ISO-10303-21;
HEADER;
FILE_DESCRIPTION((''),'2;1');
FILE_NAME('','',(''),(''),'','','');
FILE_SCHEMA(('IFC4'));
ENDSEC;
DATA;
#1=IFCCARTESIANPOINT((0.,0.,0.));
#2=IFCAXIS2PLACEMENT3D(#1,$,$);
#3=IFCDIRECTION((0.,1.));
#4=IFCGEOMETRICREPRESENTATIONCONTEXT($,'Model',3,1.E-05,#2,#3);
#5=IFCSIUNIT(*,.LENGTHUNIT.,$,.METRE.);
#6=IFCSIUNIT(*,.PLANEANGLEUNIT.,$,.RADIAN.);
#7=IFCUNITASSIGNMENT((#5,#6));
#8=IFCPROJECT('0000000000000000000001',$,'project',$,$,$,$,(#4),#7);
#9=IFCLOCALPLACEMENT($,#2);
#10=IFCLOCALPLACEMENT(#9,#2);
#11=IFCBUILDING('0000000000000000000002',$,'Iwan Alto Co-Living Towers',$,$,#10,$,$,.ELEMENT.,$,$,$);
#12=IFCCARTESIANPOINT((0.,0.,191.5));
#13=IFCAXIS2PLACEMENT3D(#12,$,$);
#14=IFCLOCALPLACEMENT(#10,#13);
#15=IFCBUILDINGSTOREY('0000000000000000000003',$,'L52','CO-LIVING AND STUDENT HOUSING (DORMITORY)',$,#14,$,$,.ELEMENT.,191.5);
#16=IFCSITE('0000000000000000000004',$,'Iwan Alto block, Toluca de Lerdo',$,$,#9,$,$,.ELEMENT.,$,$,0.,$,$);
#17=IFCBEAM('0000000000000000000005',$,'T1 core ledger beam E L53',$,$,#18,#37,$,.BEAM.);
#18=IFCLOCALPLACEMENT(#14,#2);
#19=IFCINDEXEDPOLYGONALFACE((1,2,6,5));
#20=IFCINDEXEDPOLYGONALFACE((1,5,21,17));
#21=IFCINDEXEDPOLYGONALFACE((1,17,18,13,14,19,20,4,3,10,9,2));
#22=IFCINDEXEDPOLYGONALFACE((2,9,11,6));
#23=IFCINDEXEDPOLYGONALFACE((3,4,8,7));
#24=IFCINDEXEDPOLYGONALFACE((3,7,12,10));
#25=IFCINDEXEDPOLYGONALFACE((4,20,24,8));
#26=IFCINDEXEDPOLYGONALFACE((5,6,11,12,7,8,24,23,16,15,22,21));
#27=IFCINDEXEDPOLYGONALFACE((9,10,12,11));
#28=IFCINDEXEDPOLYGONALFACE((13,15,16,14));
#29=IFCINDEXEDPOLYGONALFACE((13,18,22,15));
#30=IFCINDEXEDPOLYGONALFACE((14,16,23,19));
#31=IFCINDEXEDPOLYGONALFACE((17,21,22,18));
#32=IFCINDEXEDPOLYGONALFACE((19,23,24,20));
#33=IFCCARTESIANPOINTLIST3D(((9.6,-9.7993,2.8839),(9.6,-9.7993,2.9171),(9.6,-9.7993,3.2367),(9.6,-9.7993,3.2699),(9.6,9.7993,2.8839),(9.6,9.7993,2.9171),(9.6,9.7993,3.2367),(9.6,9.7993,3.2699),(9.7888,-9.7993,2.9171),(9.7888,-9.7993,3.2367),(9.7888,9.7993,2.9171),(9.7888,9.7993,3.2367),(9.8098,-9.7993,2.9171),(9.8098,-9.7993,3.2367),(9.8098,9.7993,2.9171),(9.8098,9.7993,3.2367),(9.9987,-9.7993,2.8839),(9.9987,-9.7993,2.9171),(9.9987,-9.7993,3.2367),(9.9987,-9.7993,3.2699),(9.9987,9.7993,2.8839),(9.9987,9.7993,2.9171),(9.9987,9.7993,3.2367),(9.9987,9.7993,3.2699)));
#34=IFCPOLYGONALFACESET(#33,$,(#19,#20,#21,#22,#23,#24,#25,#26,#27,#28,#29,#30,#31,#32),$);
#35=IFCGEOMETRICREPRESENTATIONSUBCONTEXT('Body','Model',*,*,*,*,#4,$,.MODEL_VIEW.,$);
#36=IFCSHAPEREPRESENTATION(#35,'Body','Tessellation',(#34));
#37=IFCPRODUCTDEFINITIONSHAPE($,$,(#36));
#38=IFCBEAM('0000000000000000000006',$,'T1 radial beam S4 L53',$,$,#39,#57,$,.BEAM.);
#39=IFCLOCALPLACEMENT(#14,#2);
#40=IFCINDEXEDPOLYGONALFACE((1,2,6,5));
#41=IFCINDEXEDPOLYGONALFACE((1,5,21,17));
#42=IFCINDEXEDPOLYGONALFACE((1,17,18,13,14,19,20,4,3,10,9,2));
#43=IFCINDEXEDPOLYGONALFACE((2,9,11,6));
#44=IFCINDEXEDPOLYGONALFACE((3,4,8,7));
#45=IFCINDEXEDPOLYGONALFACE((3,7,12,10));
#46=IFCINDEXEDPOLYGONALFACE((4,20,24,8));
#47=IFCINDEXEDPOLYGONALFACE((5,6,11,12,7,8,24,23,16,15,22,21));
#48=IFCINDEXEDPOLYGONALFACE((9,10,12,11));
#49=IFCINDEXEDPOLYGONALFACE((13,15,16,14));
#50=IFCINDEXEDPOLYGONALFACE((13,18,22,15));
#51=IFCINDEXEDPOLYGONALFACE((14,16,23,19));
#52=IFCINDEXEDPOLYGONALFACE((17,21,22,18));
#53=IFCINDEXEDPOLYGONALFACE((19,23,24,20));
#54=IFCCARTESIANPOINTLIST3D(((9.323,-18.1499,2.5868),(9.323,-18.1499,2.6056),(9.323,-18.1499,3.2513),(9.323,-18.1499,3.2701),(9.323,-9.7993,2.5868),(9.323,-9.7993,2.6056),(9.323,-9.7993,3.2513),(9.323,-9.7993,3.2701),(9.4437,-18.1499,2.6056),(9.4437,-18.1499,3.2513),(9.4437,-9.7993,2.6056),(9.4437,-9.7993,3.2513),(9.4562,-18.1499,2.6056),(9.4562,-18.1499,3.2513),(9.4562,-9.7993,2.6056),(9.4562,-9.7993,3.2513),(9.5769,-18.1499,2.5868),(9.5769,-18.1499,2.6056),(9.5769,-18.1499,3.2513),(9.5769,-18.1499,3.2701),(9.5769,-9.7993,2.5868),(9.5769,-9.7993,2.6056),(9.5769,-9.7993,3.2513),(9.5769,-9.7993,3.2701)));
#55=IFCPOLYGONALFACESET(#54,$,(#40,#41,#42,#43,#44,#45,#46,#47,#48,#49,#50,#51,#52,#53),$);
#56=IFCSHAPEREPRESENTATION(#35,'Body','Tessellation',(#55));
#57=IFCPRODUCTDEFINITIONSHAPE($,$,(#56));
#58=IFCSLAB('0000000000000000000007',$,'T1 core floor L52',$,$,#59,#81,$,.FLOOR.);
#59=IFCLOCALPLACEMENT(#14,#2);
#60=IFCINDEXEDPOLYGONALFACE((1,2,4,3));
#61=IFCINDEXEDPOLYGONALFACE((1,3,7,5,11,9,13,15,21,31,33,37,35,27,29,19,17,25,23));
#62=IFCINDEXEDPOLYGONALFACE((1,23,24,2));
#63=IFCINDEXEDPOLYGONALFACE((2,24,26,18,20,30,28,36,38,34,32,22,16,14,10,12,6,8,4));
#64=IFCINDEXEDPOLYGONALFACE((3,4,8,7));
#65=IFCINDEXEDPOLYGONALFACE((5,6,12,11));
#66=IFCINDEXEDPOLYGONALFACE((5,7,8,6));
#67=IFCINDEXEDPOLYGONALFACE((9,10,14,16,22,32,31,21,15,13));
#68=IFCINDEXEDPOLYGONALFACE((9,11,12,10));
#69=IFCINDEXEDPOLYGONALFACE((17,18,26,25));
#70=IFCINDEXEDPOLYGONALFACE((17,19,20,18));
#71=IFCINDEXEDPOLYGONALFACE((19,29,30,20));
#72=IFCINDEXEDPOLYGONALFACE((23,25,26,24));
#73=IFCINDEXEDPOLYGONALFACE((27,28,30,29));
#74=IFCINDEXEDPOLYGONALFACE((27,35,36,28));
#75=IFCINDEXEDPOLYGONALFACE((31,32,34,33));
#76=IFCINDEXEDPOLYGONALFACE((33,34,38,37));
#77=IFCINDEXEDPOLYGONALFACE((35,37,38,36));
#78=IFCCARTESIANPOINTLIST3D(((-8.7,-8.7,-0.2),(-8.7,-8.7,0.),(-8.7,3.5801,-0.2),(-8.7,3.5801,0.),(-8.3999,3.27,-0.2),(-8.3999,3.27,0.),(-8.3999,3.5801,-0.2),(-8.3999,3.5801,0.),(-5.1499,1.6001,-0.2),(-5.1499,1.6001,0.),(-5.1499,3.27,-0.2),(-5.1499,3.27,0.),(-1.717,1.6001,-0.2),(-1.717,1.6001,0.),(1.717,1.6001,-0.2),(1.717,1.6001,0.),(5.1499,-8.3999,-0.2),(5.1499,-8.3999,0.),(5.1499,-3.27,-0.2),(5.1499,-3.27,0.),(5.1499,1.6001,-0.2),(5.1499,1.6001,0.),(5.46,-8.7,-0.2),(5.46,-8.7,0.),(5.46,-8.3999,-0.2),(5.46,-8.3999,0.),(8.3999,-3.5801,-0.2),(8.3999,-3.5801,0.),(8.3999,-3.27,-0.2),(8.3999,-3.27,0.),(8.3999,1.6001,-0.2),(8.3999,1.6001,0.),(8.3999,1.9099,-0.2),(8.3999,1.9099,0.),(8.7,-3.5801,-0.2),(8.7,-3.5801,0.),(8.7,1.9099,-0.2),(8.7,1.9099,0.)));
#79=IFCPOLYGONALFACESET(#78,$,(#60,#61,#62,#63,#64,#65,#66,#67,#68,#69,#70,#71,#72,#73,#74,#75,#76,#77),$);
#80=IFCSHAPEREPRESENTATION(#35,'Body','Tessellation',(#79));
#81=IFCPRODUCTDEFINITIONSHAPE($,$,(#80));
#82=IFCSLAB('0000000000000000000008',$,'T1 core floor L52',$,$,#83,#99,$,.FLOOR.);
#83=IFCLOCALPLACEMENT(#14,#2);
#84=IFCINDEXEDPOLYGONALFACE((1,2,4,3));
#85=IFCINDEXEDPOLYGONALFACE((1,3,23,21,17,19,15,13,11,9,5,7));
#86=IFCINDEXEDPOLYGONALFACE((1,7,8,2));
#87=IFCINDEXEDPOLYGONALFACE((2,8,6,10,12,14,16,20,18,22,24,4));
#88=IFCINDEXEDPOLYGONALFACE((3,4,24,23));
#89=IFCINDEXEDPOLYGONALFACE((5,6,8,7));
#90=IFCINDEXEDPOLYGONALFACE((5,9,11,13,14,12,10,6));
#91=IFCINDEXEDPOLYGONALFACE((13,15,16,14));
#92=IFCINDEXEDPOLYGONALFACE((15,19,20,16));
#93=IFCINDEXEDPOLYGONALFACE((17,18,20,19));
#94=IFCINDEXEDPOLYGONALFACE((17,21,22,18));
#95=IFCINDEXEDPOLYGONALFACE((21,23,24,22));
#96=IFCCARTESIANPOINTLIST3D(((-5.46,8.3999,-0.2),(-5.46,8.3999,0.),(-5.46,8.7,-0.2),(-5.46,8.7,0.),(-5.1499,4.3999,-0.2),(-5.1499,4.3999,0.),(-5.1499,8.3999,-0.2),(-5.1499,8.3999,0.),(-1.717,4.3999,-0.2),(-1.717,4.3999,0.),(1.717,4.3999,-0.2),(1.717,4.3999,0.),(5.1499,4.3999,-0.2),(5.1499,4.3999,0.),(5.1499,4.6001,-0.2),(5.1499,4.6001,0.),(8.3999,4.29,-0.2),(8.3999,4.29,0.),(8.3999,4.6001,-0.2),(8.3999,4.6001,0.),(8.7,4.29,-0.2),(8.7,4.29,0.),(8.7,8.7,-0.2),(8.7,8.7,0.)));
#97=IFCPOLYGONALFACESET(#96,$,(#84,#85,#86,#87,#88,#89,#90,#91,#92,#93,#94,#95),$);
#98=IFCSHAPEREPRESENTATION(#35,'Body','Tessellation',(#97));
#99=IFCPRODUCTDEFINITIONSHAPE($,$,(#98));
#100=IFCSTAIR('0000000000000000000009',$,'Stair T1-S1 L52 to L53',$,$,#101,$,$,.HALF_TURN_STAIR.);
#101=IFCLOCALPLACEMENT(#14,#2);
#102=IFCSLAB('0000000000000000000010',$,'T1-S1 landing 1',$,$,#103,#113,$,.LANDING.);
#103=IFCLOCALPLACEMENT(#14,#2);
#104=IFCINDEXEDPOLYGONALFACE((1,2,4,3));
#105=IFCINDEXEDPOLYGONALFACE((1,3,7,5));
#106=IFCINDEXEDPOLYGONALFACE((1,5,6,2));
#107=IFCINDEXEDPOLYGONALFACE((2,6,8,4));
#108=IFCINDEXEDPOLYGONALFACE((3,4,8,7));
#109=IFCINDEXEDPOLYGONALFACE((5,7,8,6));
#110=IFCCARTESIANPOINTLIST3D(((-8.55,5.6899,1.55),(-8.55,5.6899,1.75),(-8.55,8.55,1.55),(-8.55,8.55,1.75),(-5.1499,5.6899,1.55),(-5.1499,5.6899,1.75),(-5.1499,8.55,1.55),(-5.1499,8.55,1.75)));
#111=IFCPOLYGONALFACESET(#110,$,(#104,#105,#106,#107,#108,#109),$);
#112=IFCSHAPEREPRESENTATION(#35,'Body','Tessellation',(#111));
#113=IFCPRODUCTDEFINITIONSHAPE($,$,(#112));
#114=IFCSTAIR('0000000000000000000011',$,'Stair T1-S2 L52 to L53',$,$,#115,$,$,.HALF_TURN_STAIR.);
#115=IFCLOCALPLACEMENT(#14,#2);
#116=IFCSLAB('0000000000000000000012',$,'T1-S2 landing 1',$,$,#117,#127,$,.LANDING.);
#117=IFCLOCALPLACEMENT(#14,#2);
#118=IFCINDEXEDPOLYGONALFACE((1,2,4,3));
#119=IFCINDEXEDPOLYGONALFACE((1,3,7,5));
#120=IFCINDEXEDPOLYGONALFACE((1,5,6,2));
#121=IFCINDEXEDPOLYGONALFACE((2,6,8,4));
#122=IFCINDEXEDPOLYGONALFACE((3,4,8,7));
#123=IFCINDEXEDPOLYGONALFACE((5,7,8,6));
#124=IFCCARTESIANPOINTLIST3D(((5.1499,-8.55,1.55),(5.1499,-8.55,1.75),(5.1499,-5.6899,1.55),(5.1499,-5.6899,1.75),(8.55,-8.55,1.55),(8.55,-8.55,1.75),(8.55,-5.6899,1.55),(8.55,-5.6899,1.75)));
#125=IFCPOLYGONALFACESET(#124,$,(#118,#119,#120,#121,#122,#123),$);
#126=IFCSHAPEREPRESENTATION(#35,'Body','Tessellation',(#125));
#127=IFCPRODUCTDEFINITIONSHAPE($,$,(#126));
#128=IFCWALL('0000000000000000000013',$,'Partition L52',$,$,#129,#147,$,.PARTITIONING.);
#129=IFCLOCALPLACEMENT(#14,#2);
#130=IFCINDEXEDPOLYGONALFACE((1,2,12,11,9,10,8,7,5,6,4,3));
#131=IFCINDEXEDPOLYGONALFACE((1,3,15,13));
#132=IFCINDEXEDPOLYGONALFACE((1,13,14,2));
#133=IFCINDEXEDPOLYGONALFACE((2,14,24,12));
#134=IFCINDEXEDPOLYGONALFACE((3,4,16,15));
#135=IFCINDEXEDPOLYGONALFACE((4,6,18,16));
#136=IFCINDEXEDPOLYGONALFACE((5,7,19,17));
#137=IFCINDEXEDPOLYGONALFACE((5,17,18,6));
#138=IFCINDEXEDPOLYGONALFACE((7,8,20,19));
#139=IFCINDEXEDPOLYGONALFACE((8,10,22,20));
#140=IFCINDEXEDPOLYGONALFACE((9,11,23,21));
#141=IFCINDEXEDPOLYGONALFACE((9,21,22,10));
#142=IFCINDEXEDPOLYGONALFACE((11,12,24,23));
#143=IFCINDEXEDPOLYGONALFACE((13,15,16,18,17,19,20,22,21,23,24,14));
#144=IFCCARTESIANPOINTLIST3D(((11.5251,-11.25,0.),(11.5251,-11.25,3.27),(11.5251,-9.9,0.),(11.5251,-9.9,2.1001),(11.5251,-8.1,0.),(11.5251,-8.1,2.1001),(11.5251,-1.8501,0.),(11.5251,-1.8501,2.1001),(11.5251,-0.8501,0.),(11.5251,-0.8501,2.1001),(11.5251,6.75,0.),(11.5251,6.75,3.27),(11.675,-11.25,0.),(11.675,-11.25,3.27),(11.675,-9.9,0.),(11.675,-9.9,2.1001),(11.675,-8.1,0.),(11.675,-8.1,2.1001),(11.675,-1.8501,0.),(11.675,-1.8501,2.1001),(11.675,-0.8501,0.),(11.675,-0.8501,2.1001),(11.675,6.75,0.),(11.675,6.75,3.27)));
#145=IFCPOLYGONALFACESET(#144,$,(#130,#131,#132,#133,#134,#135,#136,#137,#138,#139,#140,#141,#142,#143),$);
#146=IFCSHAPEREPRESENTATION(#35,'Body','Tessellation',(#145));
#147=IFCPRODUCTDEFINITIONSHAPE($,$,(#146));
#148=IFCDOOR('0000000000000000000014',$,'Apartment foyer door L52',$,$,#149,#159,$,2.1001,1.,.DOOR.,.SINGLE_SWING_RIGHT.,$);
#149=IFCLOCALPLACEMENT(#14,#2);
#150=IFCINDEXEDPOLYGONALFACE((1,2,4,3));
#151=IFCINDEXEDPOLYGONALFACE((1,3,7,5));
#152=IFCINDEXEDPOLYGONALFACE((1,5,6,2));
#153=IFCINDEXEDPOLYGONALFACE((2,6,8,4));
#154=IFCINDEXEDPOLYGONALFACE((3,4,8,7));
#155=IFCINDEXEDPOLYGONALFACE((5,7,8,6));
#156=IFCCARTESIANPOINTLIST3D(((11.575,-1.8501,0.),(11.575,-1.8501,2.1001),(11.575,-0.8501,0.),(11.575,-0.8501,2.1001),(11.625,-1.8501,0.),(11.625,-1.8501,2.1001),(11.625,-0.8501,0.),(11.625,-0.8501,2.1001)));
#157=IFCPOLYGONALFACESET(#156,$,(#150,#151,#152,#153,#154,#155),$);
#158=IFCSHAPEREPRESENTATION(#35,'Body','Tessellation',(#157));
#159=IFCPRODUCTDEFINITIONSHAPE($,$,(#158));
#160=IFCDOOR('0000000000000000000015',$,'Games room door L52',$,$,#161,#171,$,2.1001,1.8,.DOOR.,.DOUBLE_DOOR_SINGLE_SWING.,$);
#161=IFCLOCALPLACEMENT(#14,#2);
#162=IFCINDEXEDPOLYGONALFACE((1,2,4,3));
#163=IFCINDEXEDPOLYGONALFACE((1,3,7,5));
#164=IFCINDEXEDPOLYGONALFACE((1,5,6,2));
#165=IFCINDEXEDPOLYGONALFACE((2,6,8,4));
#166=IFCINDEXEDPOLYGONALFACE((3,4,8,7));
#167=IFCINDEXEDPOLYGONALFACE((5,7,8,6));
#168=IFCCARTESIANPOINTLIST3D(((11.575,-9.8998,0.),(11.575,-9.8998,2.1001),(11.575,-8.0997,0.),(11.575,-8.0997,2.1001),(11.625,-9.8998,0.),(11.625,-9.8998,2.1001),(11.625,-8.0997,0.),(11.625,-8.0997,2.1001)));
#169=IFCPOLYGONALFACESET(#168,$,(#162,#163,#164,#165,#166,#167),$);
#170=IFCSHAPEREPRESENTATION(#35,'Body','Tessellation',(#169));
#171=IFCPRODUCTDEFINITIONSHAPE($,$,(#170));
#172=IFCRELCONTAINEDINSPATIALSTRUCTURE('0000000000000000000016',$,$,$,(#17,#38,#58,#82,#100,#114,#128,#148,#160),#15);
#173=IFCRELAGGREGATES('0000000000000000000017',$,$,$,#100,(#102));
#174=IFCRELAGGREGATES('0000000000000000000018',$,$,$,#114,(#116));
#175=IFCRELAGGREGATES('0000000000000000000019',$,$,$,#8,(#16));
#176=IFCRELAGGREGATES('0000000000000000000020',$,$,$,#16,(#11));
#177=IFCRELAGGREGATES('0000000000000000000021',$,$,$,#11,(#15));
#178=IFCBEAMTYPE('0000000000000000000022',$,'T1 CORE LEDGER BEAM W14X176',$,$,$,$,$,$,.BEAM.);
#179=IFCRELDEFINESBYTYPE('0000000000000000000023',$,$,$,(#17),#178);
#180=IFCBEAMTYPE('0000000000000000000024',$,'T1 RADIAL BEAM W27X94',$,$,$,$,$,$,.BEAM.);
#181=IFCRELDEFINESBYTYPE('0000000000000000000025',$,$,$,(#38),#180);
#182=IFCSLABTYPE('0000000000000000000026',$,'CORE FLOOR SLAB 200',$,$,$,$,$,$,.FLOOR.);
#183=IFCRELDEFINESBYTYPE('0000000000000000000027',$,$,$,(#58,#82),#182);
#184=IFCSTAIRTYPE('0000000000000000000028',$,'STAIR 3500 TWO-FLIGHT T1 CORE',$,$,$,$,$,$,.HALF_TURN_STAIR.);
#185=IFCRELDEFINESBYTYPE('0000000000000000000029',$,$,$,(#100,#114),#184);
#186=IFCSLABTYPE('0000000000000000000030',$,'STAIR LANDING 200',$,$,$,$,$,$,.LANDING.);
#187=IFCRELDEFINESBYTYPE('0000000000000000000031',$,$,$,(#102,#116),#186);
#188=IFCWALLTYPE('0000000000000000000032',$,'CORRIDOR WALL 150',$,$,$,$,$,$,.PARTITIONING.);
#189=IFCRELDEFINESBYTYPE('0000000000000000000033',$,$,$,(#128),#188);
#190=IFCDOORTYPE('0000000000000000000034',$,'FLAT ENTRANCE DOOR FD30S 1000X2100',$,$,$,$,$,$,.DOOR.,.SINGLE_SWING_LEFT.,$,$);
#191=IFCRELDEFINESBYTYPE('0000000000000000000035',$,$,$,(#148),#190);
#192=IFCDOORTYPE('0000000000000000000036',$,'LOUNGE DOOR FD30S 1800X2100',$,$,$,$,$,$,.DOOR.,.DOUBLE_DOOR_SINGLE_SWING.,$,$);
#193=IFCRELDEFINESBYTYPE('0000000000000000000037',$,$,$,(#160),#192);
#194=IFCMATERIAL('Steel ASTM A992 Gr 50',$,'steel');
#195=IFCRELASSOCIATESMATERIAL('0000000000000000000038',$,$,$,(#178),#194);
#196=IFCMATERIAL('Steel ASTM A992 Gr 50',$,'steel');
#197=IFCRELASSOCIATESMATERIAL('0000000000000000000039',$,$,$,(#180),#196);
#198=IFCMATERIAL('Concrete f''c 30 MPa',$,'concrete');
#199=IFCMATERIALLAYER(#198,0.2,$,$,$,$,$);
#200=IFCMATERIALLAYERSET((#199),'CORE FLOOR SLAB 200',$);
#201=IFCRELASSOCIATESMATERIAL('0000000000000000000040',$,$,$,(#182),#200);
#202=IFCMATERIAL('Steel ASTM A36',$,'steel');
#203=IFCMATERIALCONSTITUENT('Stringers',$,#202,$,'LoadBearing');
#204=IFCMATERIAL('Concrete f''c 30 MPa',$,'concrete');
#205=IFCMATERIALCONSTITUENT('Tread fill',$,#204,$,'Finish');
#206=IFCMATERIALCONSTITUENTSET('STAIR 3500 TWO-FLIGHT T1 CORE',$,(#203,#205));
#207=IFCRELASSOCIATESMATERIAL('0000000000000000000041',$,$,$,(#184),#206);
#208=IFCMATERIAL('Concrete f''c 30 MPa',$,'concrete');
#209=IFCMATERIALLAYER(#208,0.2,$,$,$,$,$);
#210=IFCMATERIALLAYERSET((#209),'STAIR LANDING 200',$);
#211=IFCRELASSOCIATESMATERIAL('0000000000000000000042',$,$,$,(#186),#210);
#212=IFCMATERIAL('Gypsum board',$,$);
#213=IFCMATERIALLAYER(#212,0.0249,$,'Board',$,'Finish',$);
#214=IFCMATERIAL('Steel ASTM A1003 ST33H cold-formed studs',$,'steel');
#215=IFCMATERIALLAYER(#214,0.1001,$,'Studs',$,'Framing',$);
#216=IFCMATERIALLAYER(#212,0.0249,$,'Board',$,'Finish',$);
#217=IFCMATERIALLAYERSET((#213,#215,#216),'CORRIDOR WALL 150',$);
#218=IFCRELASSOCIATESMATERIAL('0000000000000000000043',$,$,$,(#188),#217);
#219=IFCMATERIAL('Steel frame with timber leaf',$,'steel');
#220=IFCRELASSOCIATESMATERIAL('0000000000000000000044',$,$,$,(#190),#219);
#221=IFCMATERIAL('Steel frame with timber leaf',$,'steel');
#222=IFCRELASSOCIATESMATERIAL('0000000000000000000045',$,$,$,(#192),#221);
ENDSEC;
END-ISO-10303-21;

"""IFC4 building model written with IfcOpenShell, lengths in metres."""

from ifc_helpers import new_model, si_unit, direction, frame, frame_2d, origin, origin_2d, place, context, subcontext, project, spatial, polyline, rectangle, i_section, outline, extrude, material, layer, layer_set, constituent, constituent_set, material_profile, profile_set, type_object, element, fill, aggregate, save


model = new_model("IFC4")

# Units and contexts
model_context = context("Model", 3, precision=1e-05, world=origin(), true_north=direction((0.0, 1.0)))
body_context = subcontext(model_context, "Body", "Model", "MODEL_VIEW")
ifc_project = project(units=[si_unit("LENGTHUNIT", "METRE"), si_unit("PLANEANGLEUNIT", "RADIAN")], contexts=[model_context])

# Site, building, storey
site_placement = place(None, origin())
site = spatial("IfcSite", under=ifc_project, at=site_placement, Name="Iwan Alto block, Toluca de Lerdo", CompositionType="ELEMENT", RefElevation=0.0)
building_placement = place(site_placement, origin())
building = spatial("IfcBuilding", under=site, at=building_placement, Name="Iwan Alto Co-Living Towers", CompositionType="ELEMENT")
storey_placement = place(building_placement, frame((0.0, 0.0, 191.5)))
storey = spatial("IfcBuildingStorey", under=building, at=storey_placement, Name="L52", Description="CO-LIVING AND STUDENT HOUSING (DORMITORY)", CompositionType="ELEMENT", Elevation=191.5)

# Beams
ifc_material_1 = material(Name="Steel ASTM A992 Gr 50", Category="steel")
ifc_material_profile_1 = material_profile(ifc_material_1, i_section(OverallWidth=0.3987, OverallDepth=0.386, WebThickness=0.021, FlangeThickness=0.0332, at=origin_2d()), Name="W14X176")
ifc_profile_set_1 = profile_set([ifc_material_profile_1], Name="Steel ASTM A992 Gr 50")
beam_type_1 = type_object("IfcBeamType", Name="T1 CORE LEDGER BEAM W14X176", PredefinedType="BEAM", material=ifc_profile_set_1)
beam_1_placement = place(storey_placement, frame((9.7993, -9.7993, 3.0769), z_axis=(0.0, 1.0, 0.0), x_axis=(-1.0, 0.0, 0.0)))
element("IfcBeam", 1, at=beam_1_placement, inside=storey, type_object=beam_type_1, Name="T1 core ledger beam E L53", PredefinedType="BEAM", context=body_context, shape_type="SweptSolid", body=[
    extrude(i_section(OverallWidth=0.3987, OverallDepth=0.386, WebThickness=0.021, FlangeThickness=0.0332, at=origin_2d()), origin(), (0.0, 0.0, 1.0), 19.5986),
])
ifc_material_2 = material(Name="Steel ASTM A992 Gr 50", Category="steel")
ifc_material_profile_2 = material_profile(ifc_material_2, i_section(OverallWidth=0.2539, OverallDepth=0.6833, WebThickness=0.0125, FlangeThickness=0.0188, at=origin_2d()), Name="W27X94")
ifc_profile_set_2 = profile_set([ifc_material_profile_2], Name="Steel ASTM A992 Gr 50")
beam_type_2 = type_object("IfcBeamType", Name="T1 RADIAL BEAM W27X94", PredefinedType="BEAM", material=ifc_profile_set_2)
beam_2_placement = place(storey_placement, frame((9.45, -18.1499, 2.9285), z_axis=(0.0, 1.0, 0.0), x_axis=(-1.0, 0.0, 0.0)))
element("IfcBeam", 2, at=beam_2_placement, inside=storey, type_object=beam_type_2, Name="T1 radial beam S4 L53", PredefinedType="BEAM", context=body_context, shape_type="SweptSolid", body=[
    extrude(i_section(OverallWidth=0.2539, OverallDepth=0.6833, WebThickness=0.0125, FlangeThickness=0.0188, at=origin_2d()), origin(), (0.0, 0.0, 1.0), 8.3506),
])

# Slabs
ifc_material_3 = material(Name="Concrete f'c 30 MPa", Category="concrete")
ifc_layer_1 = layer(ifc_material_3, 0.2)
ifc_layer_set_1 = layer_set([ifc_layer_1], Name="CORE FLOOR SLAB 200")
slab_type_1 = type_object("IfcSlabType", Name="CORE FLOOR SLAB 200", PredefinedType="FLOOR", material=ifc_layer_set_1)
slab_1_placement = place(storey_placement, frame((0.0, 0.0, -0.2)))
element("IfcSlab", 3, at=slab_1_placement, inside=storey, type_object=slab_type_1, Name="T1 core floor L52", PredefinedType="FLOOR", context=body_context, shape_type="SweptSolid", body=[
    extrude(outline(polyline([(5.1499, -8.3999), (5.46, -8.3999), (5.46, -8.7), (-8.7, -8.7), (-8.7, 3.5801), (-8.3999, 3.5801), (-8.3999, 3.27), (-5.1499, 3.27), (-5.1499, 1.6001), (-1.717, 1.6001), (1.717, 1.6001), (5.1499, 1.6001), (8.3999, 1.6001), (8.3999, 1.9099), (8.7, 1.9099), (8.7, -3.5801), (8.3999, -3.5801), (8.3999, -3.27), (5.1499, -3.27), (5.1499, -8.3999)])), origin(), (0.0, 0.0, 1.0), 0.2),
])
slab_2_placement = place(storey_placement, frame((0.0, 0.0, -0.2)))
element("IfcSlab", 4, at=slab_2_placement, inside=storey, type_object=slab_type_1, Name="T1 core floor L52", PredefinedType="FLOOR", context=body_context, shape_type="SweptSolid", body=[
    extrude(outline(polyline([(1.717, 4.3999), (-1.717, 4.3999), (-5.1499, 4.3999), (-5.1499, 8.3999), (-5.46, 8.3999), (-5.46, 8.7), (8.7, 8.7), (8.7, 4.29), (8.3999, 4.29), (8.3999, 4.6001), (5.1499, 4.6001), (5.1499, 4.3999), (1.717, 4.3999)])), origin(), (0.0, 0.0, 1.0), 0.2),
])

# Stairs, slabs
ifc_material_4 = material(Name="Steel ASTM A36", Category="steel")
ifc_constituent_1 = constituent(ifc_material_4, Name="Stringers", Category="LoadBearing")
ifc_material_5 = material(Name="Concrete f'c 30 MPa", Category="concrete")
ifc_constituent_2 = constituent(ifc_material_5, Name="Tread fill", Category="Finish")
ifc_constituent_set_1 = constituent_set(constituents=[ifc_constituent_1, ifc_constituent_2], Name="STAIR 3500 TWO-FLIGHT T1 CORE")
stair_type = type_object("IfcStairType", Name="STAIR 3500 TWO-FLIGHT T1 CORE", PredefinedType="HALF_TURN_STAIR", material=ifc_constituent_set_1)
stair_1_placement = place(storey_placement, origin())
stair_1 = element("IfcStair", 5, at=stair_1_placement, inside=storey, type_object=stair_type, Name="Stair T1-S1 L52 to L53", PredefinedType="HALF_TURN_STAIR")
ifc_material_6 = material(Name="Concrete f'c 30 MPa", Category="concrete")
ifc_layer_2 = layer(ifc_material_6, 0.2)
ifc_layer_set_2 = layer_set([ifc_layer_2], Name="STAIR LANDING 200")
slab_type_2 = type_object("IfcSlabType", Name="STAIR LANDING 200", PredefinedType="LANDING", material=ifc_layer_set_2)
slab_3_placement = place(storey_placement, frame((0.0, 0.0, 1.55)))
slab_3 = element("IfcSlab", 6, at=slab_3_placement, type_object=slab_type_2, Name="T1-S1 landing 1", PredefinedType="LANDING", context=body_context, shape_type="SweptSolid", body=[
    extrude(outline(polyline([(-8.55, 5.6899), (-8.55, 8.55), (-5.1499, 8.55), (-5.1499, 5.6899), (-8.55, 5.6899)])), origin(), (0.0, 0.0, 1.0), 0.2),
])
aggregate(stair_1, [slab_3])
stair_2_placement = place(storey_placement, origin())
stair_2 = element("IfcStair", 7, at=stair_2_placement, inside=storey, type_object=stair_type, Name="Stair T1-S2 L52 to L53", PredefinedType="HALF_TURN_STAIR")
slab_4_placement = place(storey_placement, frame((0.0, 0.0, 1.55)))
slab_4 = element("IfcSlab", 8, at=slab_4_placement, type_object=slab_type_2, Name="T1-S2 landing 1", PredefinedType="LANDING", context=body_context, shape_type="SweptSolid", body=[
    extrude(outline(polyline([(5.1499, -5.6899), (5.1499, -8.55), (8.55, -8.55), (8.55, -5.6899), (5.1499, -5.6899)])), origin(), (0.0, 0.0, 1.0), 0.2),
])

# Wall, openings, doors
ifc_material_7 = material(Name="Gypsum board")
ifc_layer_3 = layer(ifc_material_7, 0.0249, Name="Board", Category="Finish")
ifc_material_8 = material(Name="Steel ASTM A1003 ST33H cold-formed studs", Category="steel")
ifc_layer_4 = layer(ifc_material_8, 0.1001, Name="Studs", Category="Framing")
ifc_layer_5 = layer(ifc_material_7, 0.0249, Name="Board", Category="Finish")
ifc_layer_set_3 = layer_set([ifc_layer_3, ifc_layer_4, ifc_layer_5], Name="CORRIDOR WALL 150")
wall_type_1 = type_object("IfcWallType", Name="CORRIDOR WALL 150", PredefinedType="PARTITIONING", material=ifc_layer_set_3)
wall_1_placement = place(storey_placement, frame((11.6001, -11.25, 0.0), z_axis=(0.0, 0.0, 1.0), x_axis=(0.0, 1.0, 0.0)))
wall_1 = element("IfcWall", 9, at=wall_1_placement, inside=storey, type_object=wall_type_1, Name="Partition L52", PredefinedType="PARTITIONING", context=body_context, shape_type="SweptSolid", body=[
    extrude(rectangle(XDim=18.0, YDim=0.1499, at=frame_2d((9.0, 0.0))), origin(), (0.0, 0.0, 1.0), 3.27),
])
opening_1_placement = place(wall_1_placement, frame((1.3501, 0.0, 0.0)))
opening_1 = element("IfcOpeningElement", 10, at=opening_1_placement, cuts=wall_1, PredefinedType="OPENING", context=body_context, shape_type="SweptSolid", body=[
    extrude(rectangle(XDim=1.8, YDim=2.1001, at=frame_2d((0.8999, 1.05))), frame((0.0, 0.085, 0.0), z_axis=(0.0, -1.0, 0.0), x_axis=(1.0, 0.0, 0.0)), (0.0, 0.0, 1.0), 0.1699),
])
opening_2_placement = place(wall_1_placement, frame((9.3999, 0.0, 0.0)))
opening_2 = element("IfcOpeningElement", 11, at=opening_2_placement, cuts=wall_1, PredefinedType="OPENING", context=body_context, shape_type="SweptSolid", body=[
    extrude(rectangle(XDim=1.0, YDim=2.1001, at=frame_2d((0.5, 1.05))), frame((0.0, 0.085, 0.0), z_axis=(0.0, -1.0, 0.0), x_axis=(1.0, 0.0, 0.0)), (0.0, 0.0, 1.0), 0.1699),
])
ifc_material_9 = material(Name="Steel frame with timber leaf", Category="steel")
door_type_1 = type_object("IfcDoorType", Name="FLAT ENTRANCE DOOR FD30S 1000X2100", OperationType="SINGLE_SWING_LEFT", PredefinedType="DOOR", material=ifc_material_9)
door_1_placement = place(opening_2_placement, frame((1.0, 0.0, 0.0), z_axis=(0.0, 0.0, 1.0), x_axis=(-1.0, 0.0, 0.0)))
door_1 = element("IfcDoor", 12, at=door_1_placement, inside=storey, type_object=door_type_1, Name="Apartment foyer door L52", OperationType="SINGLE_SWING_RIGHT", OverallHeight=2.1001, OverallWidth=1.0, PredefinedType="DOOR", context=body_context, shape_type="SweptSolid", body=[
    extrude(rectangle(XDim=1.0, YDim=2.1001, at=frame_2d((0.5, 1.05))), frame((0.0, 0.0249, 0.0), z_axis=(0.0, -1.0, 0.0), x_axis=(1.0, 0.0, 0.0)), (0.0, 0.0, 1.0), 0.05),
])
fill(opening_2, door_1)
ifc_material_10 = material(Name="Steel frame with timber leaf", Category="steel")
door_type_2 = type_object("IfcDoorType", Name="LOUNGE DOOR FD30S 1800X2100", OperationType="DOUBLE_DOOR_SINGLE_SWING", PredefinedType="DOOR", material=ifc_material_10)
door_2_placement = place(opening_1_placement, frame((1.8, 0.0, 0.0), z_axis=(0.0, 0.0, 1.0), x_axis=(-1.0, 0.0, 0.0)))
door_2 = element("IfcDoor", 13, at=door_2_placement, inside=storey, type_object=door_type_2, Name="Games room door L52", OperationType="DOUBLE_DOOR_SINGLE_SWING", OverallHeight=2.1001, OverallWidth=1.8, PredefinedType="DOOR", context=body_context, shape_type="SweptSolid", body=[
    extrude(rectangle(XDim=1.8, YDim=2.1001, at=frame_2d((0.8999, 1.05))), frame((0.0, 0.0249, 0.0), z_axis=(0.0, -1.0, 0.0), x_axis=(1.0, 0.0, 0.0)), (0.0, 0.0, 1.0), 0.05),
])
fill(opening_1, door_2)

aggregate(stair_2, [slab_4])

save(model, "model.ifc")
